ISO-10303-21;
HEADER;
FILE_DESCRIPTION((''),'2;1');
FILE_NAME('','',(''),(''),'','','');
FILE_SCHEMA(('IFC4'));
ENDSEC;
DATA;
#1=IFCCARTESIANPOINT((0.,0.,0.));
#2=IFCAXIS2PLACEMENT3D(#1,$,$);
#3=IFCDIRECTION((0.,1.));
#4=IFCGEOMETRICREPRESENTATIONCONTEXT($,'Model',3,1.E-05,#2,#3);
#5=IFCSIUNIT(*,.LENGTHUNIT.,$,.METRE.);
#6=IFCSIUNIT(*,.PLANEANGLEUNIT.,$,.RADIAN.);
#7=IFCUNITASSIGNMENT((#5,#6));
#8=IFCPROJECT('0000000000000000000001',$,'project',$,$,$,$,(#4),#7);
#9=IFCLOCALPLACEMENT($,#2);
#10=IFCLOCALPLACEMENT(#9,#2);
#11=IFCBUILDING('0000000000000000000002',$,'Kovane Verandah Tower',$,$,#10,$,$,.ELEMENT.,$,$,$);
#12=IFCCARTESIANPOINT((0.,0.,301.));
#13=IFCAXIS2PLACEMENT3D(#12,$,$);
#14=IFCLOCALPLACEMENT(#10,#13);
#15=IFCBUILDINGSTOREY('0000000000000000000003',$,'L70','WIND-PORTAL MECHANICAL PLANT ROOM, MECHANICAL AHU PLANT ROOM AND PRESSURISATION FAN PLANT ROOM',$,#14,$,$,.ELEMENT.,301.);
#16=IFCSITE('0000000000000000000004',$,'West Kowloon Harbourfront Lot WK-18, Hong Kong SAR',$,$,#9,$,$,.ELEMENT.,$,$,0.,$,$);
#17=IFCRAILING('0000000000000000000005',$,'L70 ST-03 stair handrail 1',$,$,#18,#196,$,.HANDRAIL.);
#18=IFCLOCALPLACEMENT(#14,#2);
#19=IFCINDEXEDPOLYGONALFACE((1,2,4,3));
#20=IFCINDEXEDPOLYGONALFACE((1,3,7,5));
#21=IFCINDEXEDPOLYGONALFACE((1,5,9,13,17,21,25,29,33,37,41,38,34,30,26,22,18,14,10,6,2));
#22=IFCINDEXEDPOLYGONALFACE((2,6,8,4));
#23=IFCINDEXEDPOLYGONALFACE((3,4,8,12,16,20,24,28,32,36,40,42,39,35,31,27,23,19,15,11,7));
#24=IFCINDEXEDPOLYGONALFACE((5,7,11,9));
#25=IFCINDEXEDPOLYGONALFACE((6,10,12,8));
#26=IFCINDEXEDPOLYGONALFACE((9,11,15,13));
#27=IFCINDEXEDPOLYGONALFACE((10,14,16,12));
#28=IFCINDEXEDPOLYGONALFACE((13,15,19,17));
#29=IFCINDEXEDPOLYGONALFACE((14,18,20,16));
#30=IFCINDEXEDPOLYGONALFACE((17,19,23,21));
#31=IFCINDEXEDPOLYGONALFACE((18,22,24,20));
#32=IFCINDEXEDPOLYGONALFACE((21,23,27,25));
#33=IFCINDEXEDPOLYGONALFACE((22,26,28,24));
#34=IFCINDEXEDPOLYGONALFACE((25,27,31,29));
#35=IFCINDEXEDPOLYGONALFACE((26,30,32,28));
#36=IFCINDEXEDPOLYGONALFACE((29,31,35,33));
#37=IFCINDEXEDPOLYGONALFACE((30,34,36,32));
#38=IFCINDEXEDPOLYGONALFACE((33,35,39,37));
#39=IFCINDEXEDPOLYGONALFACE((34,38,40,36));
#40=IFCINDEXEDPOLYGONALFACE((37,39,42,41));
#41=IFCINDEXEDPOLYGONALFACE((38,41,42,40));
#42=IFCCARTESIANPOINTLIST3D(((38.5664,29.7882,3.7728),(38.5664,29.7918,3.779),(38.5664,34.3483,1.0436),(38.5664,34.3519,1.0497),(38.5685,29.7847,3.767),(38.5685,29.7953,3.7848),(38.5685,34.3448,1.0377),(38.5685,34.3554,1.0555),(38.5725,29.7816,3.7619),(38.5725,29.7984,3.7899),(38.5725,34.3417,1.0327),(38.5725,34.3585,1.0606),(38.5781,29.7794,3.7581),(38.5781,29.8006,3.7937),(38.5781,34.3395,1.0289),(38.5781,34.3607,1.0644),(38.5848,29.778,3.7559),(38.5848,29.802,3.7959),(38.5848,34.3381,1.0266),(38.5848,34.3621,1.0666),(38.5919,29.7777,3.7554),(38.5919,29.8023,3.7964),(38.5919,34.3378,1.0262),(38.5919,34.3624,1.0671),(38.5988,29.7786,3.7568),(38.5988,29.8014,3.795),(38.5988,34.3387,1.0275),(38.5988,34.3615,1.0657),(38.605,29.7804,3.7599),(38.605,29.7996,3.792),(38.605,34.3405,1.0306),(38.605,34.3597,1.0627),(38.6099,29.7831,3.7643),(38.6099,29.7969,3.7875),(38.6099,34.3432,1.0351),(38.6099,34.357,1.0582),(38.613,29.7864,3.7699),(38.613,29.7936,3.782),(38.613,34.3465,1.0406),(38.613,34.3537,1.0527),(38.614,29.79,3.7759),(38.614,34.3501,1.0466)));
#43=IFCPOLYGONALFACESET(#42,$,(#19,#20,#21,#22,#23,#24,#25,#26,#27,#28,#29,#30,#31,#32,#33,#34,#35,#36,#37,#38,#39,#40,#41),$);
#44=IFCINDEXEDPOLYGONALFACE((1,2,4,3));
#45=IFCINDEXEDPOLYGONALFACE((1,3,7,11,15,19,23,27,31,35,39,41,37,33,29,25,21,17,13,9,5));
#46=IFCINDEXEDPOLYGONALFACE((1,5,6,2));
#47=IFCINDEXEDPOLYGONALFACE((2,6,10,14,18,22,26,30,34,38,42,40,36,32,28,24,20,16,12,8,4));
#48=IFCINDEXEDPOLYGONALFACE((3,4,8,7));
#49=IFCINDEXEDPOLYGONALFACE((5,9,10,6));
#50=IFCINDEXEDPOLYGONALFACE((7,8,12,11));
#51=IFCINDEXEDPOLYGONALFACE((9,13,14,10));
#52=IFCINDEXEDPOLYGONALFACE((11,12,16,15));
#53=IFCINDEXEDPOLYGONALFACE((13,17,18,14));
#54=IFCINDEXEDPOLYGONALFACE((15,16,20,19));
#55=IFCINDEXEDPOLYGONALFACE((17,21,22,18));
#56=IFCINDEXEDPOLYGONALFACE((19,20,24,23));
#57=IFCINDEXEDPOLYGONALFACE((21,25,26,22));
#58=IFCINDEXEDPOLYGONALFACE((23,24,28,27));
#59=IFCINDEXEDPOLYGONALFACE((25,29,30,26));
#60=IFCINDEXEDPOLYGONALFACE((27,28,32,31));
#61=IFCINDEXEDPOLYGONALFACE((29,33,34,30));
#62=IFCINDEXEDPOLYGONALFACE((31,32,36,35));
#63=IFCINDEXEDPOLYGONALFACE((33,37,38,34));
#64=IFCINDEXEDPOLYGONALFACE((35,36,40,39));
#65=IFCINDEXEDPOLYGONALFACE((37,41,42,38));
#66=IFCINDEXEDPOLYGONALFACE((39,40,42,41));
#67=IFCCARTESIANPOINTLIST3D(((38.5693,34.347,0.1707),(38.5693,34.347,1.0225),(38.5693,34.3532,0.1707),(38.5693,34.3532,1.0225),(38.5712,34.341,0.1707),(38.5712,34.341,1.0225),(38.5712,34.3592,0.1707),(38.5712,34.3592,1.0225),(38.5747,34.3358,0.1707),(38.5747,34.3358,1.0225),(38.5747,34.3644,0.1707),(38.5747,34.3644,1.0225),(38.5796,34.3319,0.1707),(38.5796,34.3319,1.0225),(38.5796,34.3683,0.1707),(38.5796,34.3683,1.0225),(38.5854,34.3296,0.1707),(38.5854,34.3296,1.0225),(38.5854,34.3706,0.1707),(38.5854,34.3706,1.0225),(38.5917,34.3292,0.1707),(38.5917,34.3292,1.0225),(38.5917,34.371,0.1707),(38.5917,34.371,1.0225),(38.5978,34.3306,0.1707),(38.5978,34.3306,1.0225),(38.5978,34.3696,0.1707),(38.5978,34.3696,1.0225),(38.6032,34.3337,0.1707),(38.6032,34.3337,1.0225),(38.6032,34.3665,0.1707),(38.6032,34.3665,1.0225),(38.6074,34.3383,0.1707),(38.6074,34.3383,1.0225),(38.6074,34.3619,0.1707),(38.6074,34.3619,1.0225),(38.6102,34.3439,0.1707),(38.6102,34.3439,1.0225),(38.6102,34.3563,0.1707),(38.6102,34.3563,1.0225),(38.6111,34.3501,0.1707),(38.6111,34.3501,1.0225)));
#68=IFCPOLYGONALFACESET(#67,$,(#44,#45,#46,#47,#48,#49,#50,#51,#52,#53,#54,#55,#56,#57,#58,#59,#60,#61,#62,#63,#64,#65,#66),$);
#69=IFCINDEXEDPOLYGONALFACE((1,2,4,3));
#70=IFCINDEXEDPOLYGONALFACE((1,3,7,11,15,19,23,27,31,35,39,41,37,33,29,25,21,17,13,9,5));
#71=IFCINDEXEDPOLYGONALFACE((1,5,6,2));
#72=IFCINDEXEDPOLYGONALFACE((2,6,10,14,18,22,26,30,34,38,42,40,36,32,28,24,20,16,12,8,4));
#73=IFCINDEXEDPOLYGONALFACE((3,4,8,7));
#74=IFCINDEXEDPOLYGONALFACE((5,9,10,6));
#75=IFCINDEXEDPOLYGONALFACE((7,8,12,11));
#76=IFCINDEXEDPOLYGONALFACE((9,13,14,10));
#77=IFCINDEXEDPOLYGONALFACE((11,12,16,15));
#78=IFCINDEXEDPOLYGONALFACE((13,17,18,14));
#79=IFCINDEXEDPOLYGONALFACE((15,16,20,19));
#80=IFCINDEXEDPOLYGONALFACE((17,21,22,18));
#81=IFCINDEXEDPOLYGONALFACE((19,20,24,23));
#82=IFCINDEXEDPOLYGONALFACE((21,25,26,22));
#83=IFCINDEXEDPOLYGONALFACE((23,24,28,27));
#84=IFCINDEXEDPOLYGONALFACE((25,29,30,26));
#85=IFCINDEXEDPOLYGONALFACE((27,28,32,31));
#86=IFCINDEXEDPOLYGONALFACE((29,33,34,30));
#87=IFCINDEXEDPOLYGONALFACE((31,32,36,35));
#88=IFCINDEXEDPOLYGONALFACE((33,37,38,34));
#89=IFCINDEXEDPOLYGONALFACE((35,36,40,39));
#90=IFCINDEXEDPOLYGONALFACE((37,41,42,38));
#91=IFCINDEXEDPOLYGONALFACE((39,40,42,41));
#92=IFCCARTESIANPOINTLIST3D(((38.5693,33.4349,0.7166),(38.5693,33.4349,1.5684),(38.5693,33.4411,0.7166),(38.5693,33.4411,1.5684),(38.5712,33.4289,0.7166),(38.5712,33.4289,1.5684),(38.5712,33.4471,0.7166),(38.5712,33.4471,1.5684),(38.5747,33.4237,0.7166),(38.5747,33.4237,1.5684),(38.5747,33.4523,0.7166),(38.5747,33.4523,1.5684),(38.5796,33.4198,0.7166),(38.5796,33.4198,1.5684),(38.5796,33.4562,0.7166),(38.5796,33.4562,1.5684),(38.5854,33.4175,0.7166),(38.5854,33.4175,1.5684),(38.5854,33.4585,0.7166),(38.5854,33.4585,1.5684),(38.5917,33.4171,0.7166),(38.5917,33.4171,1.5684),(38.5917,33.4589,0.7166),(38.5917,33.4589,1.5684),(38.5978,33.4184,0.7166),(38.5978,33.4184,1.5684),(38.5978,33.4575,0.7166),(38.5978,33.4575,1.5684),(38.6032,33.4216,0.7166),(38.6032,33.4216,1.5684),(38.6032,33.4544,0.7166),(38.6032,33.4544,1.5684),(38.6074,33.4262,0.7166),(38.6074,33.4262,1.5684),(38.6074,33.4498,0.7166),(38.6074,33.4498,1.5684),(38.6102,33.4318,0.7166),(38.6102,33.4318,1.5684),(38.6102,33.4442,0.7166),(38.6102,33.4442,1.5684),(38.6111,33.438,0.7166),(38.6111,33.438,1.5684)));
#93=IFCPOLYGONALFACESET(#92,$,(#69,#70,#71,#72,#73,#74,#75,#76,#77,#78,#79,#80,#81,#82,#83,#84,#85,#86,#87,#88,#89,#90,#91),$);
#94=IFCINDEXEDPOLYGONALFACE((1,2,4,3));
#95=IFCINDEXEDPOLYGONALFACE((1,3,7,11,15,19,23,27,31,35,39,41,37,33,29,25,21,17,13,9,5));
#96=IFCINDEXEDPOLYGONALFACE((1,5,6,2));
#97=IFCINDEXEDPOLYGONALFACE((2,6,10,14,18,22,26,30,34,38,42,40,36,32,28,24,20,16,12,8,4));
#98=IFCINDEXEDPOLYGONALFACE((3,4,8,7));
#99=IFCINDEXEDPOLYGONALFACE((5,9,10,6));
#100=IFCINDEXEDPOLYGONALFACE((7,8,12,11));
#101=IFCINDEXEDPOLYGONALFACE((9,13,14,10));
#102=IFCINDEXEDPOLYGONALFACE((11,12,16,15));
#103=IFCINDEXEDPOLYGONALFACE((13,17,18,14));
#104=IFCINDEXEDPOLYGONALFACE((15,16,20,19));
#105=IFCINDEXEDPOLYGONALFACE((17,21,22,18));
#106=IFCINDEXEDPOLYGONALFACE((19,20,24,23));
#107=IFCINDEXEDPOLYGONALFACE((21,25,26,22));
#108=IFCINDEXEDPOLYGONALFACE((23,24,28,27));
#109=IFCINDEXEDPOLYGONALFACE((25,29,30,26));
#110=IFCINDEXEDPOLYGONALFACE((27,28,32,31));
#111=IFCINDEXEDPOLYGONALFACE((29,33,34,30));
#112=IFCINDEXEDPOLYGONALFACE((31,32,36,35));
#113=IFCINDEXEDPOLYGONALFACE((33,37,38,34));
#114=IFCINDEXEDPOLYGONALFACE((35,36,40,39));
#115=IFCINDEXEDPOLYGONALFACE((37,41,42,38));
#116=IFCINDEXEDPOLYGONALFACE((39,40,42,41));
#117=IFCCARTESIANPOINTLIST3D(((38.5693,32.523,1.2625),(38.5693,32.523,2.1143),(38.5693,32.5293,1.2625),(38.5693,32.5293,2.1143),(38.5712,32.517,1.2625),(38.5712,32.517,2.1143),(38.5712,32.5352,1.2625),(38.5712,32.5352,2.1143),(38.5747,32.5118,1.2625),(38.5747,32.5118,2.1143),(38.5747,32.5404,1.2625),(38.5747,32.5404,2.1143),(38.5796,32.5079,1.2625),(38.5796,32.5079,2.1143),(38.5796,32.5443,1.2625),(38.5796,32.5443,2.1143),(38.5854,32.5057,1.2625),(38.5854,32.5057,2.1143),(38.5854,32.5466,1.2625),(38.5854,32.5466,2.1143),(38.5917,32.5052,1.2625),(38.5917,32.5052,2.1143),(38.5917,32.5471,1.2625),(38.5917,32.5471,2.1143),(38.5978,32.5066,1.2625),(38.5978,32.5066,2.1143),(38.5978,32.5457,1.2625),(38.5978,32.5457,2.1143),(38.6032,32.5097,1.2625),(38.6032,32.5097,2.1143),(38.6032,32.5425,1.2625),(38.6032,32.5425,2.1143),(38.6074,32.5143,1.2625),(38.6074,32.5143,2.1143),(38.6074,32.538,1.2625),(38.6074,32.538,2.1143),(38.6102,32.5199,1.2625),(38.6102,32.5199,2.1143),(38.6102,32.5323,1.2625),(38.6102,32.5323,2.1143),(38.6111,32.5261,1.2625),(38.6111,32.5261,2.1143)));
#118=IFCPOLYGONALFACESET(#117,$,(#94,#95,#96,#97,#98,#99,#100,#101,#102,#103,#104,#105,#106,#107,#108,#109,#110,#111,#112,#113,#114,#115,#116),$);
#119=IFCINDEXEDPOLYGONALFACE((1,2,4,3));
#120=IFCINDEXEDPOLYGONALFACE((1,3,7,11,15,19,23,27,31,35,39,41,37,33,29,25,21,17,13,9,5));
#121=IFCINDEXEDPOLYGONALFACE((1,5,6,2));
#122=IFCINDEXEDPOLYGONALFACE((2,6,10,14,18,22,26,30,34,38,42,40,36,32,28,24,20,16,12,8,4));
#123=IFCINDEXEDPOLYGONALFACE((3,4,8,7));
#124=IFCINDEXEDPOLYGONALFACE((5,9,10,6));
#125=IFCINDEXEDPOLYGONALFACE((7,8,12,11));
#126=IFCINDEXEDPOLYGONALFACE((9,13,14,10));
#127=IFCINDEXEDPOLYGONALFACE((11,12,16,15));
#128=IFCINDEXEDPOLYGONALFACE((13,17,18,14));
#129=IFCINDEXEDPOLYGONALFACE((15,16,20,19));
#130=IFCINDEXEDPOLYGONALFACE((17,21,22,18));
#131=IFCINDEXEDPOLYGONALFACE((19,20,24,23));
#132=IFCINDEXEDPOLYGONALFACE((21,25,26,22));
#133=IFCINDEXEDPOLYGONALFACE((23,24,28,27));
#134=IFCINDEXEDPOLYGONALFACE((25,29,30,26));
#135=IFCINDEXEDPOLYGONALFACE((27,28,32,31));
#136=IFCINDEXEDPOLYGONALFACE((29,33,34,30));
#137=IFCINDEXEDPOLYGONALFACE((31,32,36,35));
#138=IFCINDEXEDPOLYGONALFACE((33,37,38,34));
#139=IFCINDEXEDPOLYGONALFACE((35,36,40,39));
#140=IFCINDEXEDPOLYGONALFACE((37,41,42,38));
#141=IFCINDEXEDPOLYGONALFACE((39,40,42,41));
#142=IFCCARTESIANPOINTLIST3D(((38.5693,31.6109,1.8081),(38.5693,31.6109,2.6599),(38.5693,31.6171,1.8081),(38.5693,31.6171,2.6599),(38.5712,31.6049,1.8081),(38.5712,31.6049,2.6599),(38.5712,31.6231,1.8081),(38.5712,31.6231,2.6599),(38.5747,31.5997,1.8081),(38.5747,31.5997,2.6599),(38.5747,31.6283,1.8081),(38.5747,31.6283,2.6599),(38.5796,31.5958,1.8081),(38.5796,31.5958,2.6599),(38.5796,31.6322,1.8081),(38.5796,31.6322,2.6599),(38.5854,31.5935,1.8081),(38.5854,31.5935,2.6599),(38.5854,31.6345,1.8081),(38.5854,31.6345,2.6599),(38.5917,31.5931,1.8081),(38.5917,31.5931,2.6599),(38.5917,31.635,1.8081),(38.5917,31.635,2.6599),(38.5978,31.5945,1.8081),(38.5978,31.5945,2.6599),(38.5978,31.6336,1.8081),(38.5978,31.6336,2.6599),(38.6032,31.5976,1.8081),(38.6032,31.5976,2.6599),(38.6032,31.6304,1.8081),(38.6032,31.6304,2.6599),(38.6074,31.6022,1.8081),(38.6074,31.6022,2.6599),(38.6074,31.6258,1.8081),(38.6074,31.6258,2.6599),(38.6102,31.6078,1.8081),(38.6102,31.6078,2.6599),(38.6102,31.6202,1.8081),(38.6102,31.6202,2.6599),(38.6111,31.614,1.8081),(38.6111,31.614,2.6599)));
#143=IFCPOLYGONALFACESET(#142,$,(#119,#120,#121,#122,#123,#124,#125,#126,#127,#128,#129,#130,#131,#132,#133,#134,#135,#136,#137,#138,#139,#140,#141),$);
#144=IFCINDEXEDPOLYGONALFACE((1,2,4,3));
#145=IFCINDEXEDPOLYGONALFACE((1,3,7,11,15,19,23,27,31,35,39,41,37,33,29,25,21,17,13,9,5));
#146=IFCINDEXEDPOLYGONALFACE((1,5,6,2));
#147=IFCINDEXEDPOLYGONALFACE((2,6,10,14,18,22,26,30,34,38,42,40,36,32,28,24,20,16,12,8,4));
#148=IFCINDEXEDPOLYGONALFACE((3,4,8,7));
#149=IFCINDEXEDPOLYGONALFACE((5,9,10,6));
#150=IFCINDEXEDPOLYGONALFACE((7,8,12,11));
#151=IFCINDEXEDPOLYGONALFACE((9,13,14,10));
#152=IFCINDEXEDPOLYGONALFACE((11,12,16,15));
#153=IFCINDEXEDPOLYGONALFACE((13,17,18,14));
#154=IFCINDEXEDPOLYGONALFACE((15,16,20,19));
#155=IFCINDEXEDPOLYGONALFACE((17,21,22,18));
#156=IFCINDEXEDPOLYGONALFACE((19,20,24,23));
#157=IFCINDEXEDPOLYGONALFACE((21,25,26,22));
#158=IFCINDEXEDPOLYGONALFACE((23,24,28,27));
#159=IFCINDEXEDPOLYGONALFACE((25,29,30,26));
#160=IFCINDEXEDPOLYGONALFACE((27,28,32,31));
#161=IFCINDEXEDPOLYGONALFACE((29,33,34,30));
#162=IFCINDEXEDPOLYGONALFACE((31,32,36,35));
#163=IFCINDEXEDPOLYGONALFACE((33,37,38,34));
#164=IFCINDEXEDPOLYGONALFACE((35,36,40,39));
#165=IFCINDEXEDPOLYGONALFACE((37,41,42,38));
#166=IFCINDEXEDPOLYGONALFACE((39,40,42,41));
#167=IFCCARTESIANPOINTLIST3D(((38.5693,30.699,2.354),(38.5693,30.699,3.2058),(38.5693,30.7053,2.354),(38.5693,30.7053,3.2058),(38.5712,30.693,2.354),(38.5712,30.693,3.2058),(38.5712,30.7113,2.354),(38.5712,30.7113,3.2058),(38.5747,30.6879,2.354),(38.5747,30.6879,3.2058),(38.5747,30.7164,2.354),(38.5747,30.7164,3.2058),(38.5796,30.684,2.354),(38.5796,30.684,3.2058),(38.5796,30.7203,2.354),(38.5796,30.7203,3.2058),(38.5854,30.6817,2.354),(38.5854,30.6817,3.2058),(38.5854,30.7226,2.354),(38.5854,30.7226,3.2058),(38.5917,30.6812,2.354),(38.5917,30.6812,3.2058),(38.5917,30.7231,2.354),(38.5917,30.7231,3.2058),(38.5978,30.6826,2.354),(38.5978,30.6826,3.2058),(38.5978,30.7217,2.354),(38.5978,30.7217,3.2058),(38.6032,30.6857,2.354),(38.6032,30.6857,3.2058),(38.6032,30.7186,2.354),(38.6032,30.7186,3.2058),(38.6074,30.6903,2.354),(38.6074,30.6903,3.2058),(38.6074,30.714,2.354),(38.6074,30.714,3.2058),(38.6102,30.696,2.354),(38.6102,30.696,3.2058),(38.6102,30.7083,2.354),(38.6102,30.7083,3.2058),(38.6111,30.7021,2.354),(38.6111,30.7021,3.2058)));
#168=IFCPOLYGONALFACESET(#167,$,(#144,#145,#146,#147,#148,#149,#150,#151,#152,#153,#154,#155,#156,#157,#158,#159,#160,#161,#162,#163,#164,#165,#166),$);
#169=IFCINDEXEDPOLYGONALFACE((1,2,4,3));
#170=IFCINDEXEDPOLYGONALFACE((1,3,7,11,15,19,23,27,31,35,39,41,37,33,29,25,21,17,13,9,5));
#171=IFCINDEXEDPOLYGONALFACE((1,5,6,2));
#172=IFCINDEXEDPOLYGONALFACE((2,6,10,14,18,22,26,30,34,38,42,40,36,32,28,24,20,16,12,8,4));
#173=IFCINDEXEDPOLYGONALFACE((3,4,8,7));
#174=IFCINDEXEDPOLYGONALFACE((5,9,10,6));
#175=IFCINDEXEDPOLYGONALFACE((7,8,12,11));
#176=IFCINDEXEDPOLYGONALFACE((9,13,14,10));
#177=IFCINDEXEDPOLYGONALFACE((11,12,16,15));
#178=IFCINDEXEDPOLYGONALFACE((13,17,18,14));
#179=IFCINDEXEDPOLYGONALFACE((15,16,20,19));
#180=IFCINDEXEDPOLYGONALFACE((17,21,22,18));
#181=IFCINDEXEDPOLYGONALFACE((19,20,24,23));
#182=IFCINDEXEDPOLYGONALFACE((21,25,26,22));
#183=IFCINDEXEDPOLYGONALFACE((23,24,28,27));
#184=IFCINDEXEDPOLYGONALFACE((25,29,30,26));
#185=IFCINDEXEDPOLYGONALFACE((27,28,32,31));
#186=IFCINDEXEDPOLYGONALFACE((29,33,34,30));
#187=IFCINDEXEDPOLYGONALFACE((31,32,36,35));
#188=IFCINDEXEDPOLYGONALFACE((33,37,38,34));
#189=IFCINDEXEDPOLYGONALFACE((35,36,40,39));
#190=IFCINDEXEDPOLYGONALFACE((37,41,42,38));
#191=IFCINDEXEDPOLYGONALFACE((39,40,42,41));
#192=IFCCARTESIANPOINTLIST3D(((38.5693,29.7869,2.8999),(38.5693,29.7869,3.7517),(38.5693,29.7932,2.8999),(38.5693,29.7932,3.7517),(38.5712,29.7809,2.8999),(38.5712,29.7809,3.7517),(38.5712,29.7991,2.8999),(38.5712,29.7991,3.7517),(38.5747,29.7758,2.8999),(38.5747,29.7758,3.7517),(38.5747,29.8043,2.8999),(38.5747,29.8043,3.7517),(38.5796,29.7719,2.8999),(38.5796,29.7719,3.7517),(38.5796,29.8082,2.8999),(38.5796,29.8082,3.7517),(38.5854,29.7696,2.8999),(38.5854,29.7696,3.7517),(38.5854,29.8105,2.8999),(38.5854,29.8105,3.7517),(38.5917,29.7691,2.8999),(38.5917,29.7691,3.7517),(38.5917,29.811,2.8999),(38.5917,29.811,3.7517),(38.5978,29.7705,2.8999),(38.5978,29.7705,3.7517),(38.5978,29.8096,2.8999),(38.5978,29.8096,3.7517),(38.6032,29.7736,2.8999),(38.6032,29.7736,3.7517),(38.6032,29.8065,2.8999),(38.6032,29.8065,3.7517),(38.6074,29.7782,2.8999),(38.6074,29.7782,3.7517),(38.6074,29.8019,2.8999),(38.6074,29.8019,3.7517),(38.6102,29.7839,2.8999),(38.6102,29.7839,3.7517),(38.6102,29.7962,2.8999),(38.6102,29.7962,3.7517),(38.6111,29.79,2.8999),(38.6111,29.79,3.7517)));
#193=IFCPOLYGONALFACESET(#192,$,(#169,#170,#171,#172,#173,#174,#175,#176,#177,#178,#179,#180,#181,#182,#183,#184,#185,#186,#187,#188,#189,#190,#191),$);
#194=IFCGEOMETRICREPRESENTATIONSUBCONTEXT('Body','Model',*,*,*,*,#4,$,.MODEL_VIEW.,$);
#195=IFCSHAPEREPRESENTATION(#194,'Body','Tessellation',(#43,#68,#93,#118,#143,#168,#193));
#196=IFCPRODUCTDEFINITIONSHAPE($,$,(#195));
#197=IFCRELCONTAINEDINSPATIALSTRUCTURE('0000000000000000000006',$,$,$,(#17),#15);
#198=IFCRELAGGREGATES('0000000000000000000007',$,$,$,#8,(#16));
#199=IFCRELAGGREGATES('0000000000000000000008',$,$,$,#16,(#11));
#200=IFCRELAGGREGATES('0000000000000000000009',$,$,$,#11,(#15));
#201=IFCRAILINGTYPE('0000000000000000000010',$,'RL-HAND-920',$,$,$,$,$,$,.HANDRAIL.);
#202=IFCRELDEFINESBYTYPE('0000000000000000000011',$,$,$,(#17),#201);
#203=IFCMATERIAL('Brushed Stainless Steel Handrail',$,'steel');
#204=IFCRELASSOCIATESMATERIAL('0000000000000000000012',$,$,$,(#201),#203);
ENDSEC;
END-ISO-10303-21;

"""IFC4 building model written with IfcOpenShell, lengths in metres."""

from ifc_helpers import new_model, si_unit, direction, frame, origin, origin_2d, place, context, subcontext, project, spatial, circle, extrude, material, type_object, element, save


model = new_model("IFC4")

# Units and contexts
model_context = context("Model", 3, precision=1e-05, world=origin(), true_north=direction((0.0, 1.0)))
body_context = subcontext(model_context, "Body", "Model", "MODEL_VIEW")
ifc_project = project(units=[si_unit("LENGTHUNIT", "METRE"), si_unit("PLANEANGLEUNIT", "RADIAN")], contexts=[model_context])

# Site, building, storey
site_placement = place(None, origin())
site = spatial("IfcSite", under=ifc_project, at=site_placement, Name="West Kowloon Harbourfront Lot WK-18, Hong Kong SAR", CompositionType="ELEMENT", RefElevation=0.0)
building_placement = place(site_placement, origin())
building = spatial("IfcBuilding", under=site, at=building_placement, Name="Kovane Verandah Tower", CompositionType="ELEMENT")
storey_placement = place(building_placement, frame((0.0, 0.0, 301.0)))
storey = spatial("IfcBuildingStorey", under=building, at=storey_placement, Name="L70", Description="WIND-PORTAL MECHANICAL PLANT ROOM, MECHANICAL AHU PLANT ROOM AND PRESSURISATION FAN PLANT ROOM", CompositionType="ELEMENT", Elevation=301.0)

# Railing
ifc_material_1 = material(Name="Brushed Stainless Steel Handrail", Category="steel")
railing_type_1 = type_object("IfcRailingType", Name="RL-HAND-920", PredefinedType="HANDRAIL", material=ifc_material_1)
railing_1_placement = place(storey_placement, frame((38.5901, 34.3501, 0.1707)))
element("IfcRailing", 1, at=railing_1_placement, inside=storey, type_object=railing_type_1, Name="L70 ST-03 stair handrail 1", PredefinedType="HANDRAIL", context=body_context, shape_type="SweptSolid", body=[
    extrude(circle(Radius=0.0239, at=origin_2d()), frame((0.0, 0.0, 0.876), z_axis=(0.0, -0.858056, 0.513556), x_axis=(1.0, 0.0, 0.0)), (0.0, 0.0, 1.0), 5.3145),
    extrude(circle(Radius=0.021, at=origin_2d()), origin(), (0.0, 0.0, 1.0), 0.8518),
    extrude(circle(Radius=0.021, at=origin_2d()), frame((0.0, -0.9121, 0.5459)), (0.0, 0.0, 1.0), 0.8518),
    extrude(circle(Radius=0.021, at=origin_2d()), frame((0.0, -1.824, 1.0918)), (0.0, 0.0, 1.0), 0.8518),
    extrude(circle(Radius=0.021, at=origin_2d()), frame((0.0, -2.7361, 1.6375)), (0.0, 0.0, 1.0), 0.8518),
    extrude(circle(Radius=0.021, at=origin_2d()), frame((0.0, -3.6479, 2.1833)), (0.0, 0.0, 1.0), 0.8518),
    extrude(circle(Radius=0.021, at=origin_2d()), frame((0.0, -4.5601, 2.7292)), (0.0, 0.0, 1.0), 0.8518),
])

save(model, "model.ifc")
